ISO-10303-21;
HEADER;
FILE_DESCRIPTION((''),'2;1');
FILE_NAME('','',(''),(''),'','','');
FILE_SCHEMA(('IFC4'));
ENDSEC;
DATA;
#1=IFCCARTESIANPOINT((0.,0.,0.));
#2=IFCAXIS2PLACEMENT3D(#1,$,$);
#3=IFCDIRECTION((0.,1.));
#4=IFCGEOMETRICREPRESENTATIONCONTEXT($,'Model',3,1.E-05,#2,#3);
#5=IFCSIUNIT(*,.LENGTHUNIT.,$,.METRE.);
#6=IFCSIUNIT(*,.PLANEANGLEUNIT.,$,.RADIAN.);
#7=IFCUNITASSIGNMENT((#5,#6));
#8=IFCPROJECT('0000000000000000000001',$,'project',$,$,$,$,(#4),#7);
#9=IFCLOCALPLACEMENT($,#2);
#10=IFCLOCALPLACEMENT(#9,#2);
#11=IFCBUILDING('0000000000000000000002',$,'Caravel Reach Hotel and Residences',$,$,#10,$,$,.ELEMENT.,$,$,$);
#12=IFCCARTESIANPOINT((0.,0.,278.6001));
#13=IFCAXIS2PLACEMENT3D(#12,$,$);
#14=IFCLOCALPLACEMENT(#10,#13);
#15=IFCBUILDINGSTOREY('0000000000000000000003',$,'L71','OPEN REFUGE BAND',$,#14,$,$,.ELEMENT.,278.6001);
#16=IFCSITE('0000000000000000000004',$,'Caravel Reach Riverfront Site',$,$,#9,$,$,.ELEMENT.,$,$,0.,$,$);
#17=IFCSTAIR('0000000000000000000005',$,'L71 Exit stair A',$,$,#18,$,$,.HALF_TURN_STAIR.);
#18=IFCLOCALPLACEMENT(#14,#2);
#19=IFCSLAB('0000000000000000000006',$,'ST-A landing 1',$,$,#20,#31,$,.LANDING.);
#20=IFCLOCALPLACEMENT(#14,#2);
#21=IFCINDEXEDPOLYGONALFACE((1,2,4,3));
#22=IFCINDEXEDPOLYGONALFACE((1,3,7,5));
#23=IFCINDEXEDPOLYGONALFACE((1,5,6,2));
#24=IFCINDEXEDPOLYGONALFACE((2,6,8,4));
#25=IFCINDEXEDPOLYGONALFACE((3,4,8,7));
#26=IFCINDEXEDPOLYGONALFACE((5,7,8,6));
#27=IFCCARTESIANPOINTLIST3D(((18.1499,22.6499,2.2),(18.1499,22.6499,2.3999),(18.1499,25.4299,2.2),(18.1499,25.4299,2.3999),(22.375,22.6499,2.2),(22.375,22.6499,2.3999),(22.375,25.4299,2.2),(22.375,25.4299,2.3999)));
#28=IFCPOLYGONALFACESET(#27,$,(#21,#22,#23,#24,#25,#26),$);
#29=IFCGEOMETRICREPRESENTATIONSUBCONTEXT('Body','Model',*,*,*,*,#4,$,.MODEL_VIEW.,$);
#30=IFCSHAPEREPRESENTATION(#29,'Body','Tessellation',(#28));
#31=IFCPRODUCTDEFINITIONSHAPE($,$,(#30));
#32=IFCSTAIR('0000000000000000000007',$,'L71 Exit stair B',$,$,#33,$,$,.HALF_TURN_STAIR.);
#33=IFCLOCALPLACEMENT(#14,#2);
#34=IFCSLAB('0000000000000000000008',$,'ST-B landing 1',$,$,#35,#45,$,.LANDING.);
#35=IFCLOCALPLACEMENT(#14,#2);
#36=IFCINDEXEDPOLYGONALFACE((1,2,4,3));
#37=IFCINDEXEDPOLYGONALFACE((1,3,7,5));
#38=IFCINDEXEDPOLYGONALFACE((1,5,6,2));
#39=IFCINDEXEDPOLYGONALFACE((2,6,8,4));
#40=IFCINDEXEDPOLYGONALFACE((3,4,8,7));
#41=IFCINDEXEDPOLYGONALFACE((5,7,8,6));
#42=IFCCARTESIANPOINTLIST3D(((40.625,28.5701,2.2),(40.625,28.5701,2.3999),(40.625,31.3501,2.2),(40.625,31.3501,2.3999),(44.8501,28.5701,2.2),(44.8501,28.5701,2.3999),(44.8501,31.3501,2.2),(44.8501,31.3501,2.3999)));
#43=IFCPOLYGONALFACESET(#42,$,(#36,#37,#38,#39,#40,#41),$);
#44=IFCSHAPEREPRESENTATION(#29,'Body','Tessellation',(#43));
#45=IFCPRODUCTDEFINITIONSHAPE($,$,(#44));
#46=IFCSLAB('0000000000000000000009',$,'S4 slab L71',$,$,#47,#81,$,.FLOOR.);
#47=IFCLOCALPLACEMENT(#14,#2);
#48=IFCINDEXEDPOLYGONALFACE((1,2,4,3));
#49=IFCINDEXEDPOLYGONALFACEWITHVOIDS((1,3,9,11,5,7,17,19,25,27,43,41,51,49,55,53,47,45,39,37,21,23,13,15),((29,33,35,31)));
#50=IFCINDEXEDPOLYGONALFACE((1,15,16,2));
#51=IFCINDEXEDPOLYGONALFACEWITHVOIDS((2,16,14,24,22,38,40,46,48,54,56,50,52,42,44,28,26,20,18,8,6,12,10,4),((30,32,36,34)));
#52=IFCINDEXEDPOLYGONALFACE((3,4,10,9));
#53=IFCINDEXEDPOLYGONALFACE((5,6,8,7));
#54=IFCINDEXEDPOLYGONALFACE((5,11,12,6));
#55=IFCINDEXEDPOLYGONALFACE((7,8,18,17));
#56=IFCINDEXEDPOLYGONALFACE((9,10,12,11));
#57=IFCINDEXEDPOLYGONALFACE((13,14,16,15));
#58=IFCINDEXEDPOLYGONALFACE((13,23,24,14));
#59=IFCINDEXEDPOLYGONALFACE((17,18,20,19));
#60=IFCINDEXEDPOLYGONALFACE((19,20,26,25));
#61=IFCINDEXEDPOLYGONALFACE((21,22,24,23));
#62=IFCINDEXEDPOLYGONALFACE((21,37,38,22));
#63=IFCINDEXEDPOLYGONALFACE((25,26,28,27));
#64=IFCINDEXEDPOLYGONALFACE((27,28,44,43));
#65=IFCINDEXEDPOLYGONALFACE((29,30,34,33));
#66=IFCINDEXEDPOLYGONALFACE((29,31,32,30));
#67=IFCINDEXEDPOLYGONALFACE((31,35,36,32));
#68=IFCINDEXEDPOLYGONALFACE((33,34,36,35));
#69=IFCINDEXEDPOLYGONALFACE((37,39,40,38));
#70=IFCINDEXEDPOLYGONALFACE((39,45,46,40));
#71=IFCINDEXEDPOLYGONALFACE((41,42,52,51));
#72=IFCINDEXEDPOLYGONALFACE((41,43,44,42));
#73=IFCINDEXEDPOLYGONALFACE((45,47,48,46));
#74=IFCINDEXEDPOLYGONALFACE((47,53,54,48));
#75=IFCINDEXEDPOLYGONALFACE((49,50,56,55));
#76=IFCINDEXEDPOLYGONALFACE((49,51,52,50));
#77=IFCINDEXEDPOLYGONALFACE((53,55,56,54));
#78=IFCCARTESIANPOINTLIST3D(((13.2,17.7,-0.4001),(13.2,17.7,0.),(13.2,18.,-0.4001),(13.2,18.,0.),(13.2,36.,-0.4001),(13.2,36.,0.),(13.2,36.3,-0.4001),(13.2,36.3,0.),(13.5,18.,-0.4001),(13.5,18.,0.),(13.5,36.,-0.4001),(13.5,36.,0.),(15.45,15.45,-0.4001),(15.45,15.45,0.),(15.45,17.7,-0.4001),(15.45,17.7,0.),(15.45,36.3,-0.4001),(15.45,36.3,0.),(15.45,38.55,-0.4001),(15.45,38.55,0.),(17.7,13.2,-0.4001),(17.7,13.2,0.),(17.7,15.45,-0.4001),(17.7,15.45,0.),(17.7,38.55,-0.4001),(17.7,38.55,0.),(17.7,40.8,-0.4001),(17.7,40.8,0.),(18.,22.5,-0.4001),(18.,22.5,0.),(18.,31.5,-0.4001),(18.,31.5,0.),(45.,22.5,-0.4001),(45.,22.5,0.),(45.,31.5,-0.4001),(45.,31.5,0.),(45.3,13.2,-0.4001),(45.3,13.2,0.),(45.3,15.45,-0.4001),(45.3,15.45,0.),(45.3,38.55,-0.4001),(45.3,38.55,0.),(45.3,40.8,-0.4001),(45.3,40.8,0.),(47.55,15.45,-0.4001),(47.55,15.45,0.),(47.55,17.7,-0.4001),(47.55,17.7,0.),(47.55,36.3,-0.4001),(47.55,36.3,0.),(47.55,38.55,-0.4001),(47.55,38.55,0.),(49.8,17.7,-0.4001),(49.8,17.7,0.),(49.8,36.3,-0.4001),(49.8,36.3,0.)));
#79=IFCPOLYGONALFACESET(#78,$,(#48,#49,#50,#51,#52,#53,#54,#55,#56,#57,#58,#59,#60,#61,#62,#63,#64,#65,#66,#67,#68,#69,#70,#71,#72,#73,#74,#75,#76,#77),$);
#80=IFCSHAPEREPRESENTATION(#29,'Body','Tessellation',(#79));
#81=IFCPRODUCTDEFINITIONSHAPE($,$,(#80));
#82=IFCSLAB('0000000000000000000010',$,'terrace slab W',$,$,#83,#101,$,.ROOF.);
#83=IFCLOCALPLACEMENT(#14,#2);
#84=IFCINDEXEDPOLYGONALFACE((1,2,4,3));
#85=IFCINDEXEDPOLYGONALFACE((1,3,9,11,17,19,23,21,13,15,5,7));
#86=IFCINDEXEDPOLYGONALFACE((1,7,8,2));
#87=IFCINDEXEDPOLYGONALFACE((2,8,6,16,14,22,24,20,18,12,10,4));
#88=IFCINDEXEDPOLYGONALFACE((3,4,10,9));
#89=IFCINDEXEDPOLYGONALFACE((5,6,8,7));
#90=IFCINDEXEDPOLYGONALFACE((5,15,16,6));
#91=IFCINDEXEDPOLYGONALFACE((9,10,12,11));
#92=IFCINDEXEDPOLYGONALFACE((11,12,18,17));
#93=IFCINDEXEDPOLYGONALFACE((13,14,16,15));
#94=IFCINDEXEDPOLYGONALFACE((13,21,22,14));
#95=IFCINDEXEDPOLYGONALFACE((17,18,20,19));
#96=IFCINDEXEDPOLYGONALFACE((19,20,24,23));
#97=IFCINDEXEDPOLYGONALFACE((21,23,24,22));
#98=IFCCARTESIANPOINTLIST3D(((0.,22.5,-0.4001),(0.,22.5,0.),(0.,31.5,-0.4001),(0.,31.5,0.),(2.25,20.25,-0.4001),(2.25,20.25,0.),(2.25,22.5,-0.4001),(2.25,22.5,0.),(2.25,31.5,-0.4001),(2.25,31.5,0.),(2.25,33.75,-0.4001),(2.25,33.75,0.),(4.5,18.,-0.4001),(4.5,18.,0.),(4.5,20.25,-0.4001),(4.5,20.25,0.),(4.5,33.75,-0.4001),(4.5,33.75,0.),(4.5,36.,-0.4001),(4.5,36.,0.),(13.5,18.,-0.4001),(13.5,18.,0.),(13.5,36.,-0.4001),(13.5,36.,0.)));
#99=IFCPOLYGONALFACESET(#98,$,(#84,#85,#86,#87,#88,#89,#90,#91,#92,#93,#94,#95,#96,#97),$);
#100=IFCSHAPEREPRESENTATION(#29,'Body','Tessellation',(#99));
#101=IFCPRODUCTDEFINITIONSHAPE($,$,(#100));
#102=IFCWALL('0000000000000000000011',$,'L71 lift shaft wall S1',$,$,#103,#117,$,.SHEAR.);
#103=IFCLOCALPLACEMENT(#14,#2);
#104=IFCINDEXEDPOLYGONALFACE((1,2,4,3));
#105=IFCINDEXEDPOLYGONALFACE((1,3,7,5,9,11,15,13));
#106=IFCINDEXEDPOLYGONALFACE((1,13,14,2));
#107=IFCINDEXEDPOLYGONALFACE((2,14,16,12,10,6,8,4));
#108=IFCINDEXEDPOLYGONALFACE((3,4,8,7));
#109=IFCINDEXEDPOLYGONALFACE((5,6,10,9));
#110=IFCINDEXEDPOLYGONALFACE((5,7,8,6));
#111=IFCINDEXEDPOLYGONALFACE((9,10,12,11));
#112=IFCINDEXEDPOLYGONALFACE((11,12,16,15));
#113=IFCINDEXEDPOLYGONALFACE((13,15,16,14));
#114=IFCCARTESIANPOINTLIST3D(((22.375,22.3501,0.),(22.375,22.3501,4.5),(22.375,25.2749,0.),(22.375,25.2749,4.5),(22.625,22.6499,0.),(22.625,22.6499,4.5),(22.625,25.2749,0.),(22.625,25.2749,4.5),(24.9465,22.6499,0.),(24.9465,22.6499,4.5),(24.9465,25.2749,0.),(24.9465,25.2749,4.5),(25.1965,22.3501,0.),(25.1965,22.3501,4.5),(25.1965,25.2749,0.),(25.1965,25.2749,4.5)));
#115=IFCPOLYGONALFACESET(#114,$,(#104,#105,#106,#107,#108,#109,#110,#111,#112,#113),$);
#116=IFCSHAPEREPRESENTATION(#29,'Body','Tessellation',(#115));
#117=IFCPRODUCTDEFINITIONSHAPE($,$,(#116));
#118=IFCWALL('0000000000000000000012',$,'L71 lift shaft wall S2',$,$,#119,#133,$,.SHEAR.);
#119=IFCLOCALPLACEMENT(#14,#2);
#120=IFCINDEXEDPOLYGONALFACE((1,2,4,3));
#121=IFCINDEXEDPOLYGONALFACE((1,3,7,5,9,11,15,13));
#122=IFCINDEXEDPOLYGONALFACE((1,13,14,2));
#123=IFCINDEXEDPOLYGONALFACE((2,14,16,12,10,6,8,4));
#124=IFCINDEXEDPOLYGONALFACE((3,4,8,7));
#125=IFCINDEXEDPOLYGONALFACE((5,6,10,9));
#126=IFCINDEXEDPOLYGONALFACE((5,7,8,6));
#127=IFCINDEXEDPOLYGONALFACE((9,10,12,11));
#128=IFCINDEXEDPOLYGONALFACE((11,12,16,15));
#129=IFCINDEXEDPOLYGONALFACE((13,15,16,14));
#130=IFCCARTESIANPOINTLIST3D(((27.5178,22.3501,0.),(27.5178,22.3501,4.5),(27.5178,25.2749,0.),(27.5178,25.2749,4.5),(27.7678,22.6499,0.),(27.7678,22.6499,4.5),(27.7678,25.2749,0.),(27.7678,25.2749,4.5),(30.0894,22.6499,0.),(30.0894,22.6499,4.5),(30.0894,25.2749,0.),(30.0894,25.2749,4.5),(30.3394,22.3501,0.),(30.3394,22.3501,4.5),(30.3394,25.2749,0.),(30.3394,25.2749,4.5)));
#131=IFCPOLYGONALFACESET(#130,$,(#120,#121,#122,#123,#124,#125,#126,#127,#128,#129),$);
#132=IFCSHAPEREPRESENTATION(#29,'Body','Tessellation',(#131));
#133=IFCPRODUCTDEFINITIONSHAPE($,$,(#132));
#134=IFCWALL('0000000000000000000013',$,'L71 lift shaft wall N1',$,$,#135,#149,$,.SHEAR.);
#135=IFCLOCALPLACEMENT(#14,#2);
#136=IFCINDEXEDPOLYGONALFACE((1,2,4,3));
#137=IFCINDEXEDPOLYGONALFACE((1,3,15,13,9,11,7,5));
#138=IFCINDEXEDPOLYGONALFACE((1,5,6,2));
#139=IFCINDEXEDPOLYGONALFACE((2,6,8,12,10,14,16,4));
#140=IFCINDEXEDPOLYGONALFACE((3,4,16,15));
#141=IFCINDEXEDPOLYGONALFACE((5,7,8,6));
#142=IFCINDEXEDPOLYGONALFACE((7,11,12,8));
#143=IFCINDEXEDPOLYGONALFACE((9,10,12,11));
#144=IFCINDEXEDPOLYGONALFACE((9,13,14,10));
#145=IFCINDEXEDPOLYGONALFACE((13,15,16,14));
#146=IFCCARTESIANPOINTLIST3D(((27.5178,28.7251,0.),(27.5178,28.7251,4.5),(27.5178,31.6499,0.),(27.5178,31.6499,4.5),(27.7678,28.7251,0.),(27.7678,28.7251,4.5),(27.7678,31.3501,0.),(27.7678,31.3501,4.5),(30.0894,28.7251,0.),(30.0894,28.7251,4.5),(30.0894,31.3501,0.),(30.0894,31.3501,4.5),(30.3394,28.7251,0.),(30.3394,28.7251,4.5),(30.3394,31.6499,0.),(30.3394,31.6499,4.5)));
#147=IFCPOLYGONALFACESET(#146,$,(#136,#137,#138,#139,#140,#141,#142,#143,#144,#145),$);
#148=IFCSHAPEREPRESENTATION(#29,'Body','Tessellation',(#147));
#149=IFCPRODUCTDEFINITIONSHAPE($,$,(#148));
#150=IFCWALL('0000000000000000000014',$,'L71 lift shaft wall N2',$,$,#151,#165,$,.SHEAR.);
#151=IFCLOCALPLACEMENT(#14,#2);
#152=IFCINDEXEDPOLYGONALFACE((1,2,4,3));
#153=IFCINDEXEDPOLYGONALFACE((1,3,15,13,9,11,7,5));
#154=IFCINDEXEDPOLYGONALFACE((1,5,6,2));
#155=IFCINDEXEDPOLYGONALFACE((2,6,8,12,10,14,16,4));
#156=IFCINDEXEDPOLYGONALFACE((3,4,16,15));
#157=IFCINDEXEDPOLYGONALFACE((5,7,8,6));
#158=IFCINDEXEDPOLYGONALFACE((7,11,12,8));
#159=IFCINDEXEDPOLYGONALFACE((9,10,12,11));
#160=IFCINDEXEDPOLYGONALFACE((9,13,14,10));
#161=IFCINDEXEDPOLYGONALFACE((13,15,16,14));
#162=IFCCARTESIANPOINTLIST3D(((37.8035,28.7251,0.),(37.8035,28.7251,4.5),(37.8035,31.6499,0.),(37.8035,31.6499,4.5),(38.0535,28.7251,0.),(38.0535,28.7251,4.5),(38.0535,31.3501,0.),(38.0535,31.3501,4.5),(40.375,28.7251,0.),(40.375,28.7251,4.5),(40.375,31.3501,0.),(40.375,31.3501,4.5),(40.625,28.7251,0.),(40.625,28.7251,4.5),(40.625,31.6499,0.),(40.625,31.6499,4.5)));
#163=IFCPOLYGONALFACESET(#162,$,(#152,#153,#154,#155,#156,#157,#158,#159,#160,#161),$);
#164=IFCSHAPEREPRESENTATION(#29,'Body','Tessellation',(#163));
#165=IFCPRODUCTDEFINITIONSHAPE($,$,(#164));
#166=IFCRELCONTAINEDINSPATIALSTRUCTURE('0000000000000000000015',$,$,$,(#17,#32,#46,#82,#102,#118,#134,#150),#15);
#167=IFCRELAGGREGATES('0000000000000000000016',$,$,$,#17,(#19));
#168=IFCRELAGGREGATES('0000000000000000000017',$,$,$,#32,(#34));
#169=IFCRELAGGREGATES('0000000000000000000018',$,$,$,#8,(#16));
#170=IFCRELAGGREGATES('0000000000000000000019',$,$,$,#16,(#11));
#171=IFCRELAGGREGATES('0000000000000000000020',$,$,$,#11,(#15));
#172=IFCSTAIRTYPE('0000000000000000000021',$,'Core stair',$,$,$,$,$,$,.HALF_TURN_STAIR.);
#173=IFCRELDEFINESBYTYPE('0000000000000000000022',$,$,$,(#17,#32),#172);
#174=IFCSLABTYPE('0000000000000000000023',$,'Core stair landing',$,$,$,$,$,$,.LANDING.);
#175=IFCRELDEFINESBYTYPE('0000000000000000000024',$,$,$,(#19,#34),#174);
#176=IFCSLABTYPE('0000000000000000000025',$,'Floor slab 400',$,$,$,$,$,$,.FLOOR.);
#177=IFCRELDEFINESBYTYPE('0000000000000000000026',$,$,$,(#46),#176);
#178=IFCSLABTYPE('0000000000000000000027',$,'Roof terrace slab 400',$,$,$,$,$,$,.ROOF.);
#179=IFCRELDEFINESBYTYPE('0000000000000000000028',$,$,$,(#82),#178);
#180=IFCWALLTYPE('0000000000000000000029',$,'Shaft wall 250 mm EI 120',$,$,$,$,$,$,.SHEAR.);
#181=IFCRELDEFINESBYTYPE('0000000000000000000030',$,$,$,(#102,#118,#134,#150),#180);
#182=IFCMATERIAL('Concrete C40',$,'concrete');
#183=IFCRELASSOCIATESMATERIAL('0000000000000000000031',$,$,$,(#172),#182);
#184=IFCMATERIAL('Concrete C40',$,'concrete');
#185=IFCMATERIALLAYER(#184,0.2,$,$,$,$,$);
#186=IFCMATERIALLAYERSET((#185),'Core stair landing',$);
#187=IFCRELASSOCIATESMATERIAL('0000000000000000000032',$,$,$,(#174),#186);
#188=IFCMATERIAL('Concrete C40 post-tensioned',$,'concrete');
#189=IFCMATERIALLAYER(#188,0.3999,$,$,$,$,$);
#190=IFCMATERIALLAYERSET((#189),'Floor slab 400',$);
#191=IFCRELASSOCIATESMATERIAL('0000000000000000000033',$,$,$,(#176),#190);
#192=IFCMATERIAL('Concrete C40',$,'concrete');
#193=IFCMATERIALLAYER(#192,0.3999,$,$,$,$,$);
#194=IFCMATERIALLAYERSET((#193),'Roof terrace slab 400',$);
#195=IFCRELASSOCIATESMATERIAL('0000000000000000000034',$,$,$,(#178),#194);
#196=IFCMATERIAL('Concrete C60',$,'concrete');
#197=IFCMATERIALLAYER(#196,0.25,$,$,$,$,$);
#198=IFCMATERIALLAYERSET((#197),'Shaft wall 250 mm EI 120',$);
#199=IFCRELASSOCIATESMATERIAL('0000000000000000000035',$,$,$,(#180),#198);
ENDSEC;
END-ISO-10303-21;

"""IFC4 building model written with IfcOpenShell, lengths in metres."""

from ifc_helpers import new_model, si_unit, direction, frame, origin, place, context, subcontext, project, spatial, polyline, outline, extrude, material, layer, layer_set, type_object, element, aggregate, save


model = new_model("IFC4")

# Units and contexts
model_context = context("Model", 3, precision=1e-05, world=origin(), true_north=direction((0.0, 1.0)))
body_context = subcontext(model_context, "Body", "Model", "MODEL_VIEW")
ifc_project = project(units=[si_unit("LENGTHUNIT", "METRE"), si_unit("PLANEANGLEUNIT", "RADIAN")], contexts=[model_context])

# Site, building, storey
site_placement = place(None, origin())
site = spatial("IfcSite", under=ifc_project, at=site_placement, Name="Caravel Reach Riverfront Site", CompositionType="ELEMENT", RefElevation=0.0)
building_placement = place(site_placement, origin())
building = spatial("IfcBuilding", under=site, at=building_placement, Name="Caravel Reach Hotel and Residences", CompositionType="ELEMENT")
storey_placement = place(building_placement, frame((0.0, 0.0, 278.6001)))
storey = spatial("IfcBuildingStorey", under=building, at=storey_placement, Name="L71", Description="OPEN REFUGE BAND", CompositionType="ELEMENT", Elevation=278.6001)

# Stairs, slabs
ifc_material_1 = material(Name="Concrete C40", Category="concrete")
stair_type = type_object("IfcStairType", Name="Core stair", PredefinedType="HALF_TURN_STAIR", material=ifc_material_1)
stair_1_placement = place(storey_placement, origin())
stair_1 = element("IfcStair", 1, at=stair_1_placement, inside=storey, type_object=stair_type, Name="L71 Exit stair A", PredefinedType="HALF_TURN_STAIR")
ifc_material_2 = material(Name="Concrete C40", Category="concrete")
ifc_layer_1 = layer(ifc_material_2, 0.2)
ifc_layer_set_1 = layer_set([ifc_layer_1], Name="Core stair landing")
slab_type_1 = type_object("IfcSlabType", Name="Core stair landing", PredefinedType="LANDING", material=ifc_layer_set_1)
slab_1_placement = place(storey_placement, frame((0.0, 0.0, 2.2)))
slab_1 = element("IfcSlab", 2, at=slab_1_placement, type_object=slab_type_1, Name="ST-A landing 1", PredefinedType="LANDING", context=body_context, shape_type="SweptSolid", body=[
    extrude(outline(polyline([(18.1499, 25.4299), (18.1499, 22.6499), (22.375, 22.6499), (22.375, 25.4299), (18.1499, 25.4299)])), origin(), (0.0, 0.0, 1.0), 0.2),
])
aggregate(stair_1, [slab_1])
stair_2_placement = place(storey_placement, origin())
stair_2 = element("IfcStair", 3, at=stair_2_placement, inside=storey, type_object=stair_type, Name="L71 Exit stair B", PredefinedType="HALF_TURN_STAIR")
slab_2_placement = place(storey_placement, frame((0.0, 0.0, 2.2)))
slab_2 = element("IfcSlab", 4, at=slab_2_placement, type_object=slab_type_1, Name="ST-B landing 1", PredefinedType="LANDING", context=body_context, shape_type="SweptSolid", body=[
    extrude(outline(polyline([(44.8501, 28.5701), (44.8501, 31.3501), (40.625, 31.3501), (40.625, 28.5701), (44.8501, 28.5701)])), origin(), (0.0, 0.0, 1.0), 0.2),
])
aggregate(stair_2, [slab_2])

# Slabs
ifc_material_3 = material(Name="Concrete C40 post-tensioned", Category="concrete")
ifc_layer_2 = layer(ifc_material_3, 0.3999)
ifc_layer_set_2 = layer_set([ifc_layer_2], Name="Floor slab 400")
slab_type_2 = type_object("IfcSlabType", Name="Floor slab 400", PredefinedType="FLOOR", material=ifc_layer_set_2)
slab_3_placement = place(storey_placement, frame((0.0, 0.0, -0.4001)))
element("IfcSlab", 5, at=slab_3_placement, inside=storey, type_object=slab_type_2, Name="S4 slab L71", PredefinedType="FLOOR", context=body_context, shape_type="SweptSolid", body=[
    extrude(outline(polyline([(13.2, 36.0), (13.2, 36.3), (15.45, 36.3), (15.45, 38.55), (17.7, 38.55), (17.7, 40.8), (45.3, 40.8), (45.3, 38.55), (47.55, 38.55), (47.55, 36.3), (49.8, 36.3), (49.8, 17.7), (47.55, 17.7), (47.55, 15.45), (45.3, 15.45), (45.3, 13.2), (17.7, 13.2), (17.7, 15.45), (15.45, 15.45), (15.45, 17.7), (13.2, 17.7), (13.2, 18.0), (13.5, 18.0), (13.5, 36.0), (13.2, 36.0)]), holes=[polyline([(45.0, 31.5), (18.0, 31.5), (18.0, 22.5), (45.0, 22.5), (45.0, 31.5)])]), origin(), (0.0, 0.0, 1.0), 0.4001),
])
ifc_material_4 = material(Name="Concrete C40", Category="concrete")
ifc_layer_3 = layer(ifc_material_4, 0.3999)
ifc_layer_set_3 = layer_set([ifc_layer_3], Name="Roof terrace slab 400")
slab_type_3 = type_object("IfcSlabType", Name="Roof terrace slab 400", PredefinedType="ROOF", material=ifc_layer_set_3)
slab_4_placement = place(storey_placement, frame((0.0, 0.0, -0.4001)))
element("IfcSlab", 6, at=slab_4_placement, inside=storey, type_object=slab_type_3, Name="terrace slab W", PredefinedType="ROOF", context=body_context, shape_type="SweptSolid", body=[
    extrude(outline(polyline([(4.5, 18.0), (4.5, 20.25), (2.25, 20.25), (2.25, 22.5), (0.0, 22.5), (0.0, 31.5), (2.25, 31.5), (2.25, 33.75), (4.5, 33.75), (4.5, 36.0), (13.5, 36.0), (13.5, 18.0), (4.5, 18.0)])), origin(), (0.0, 0.0, 1.0), 0.4001),
])

# Walls
ifc_material_5 = material(Name="Concrete C60", Category="concrete")
ifc_layer_4 = layer(ifc_material_5, 0.25)
ifc_layer_set_4 = layer_set([ifc_layer_4], Name="Shaft wall 250 mm EI 120")
wall_type = type_object("IfcWallType", Name="Shaft wall 250 mm EI 120", PredefinedType="SHEAR", material=ifc_layer_set_4)
wall_1_placement = place(storey_placement, origin())
element("IfcWall", 7, at=wall_1_placement, inside=storey, type_object=wall_type, Name="L71 lift shaft wall S1", PredefinedType="SHEAR", context=body_context, shape_type="SweptSolid", body=[
    extrude(outline(polyline([(22.375, 22.3501), (25.1965, 22.3501), (25.1965, 25.2749), (24.9465, 25.2749), (24.9465, 22.6499), (22.625, 22.6499), (22.625, 25.2749), (22.375, 25.2749), (22.375, 22.3501)])), origin(), (0.0, 0.0, 1.0), 4.5),
])
wall_2_placement = place(storey_placement, origin())
element("IfcWall", 8, at=wall_2_placement, inside=storey, type_object=wall_type, Name="L71 lift shaft wall S2", PredefinedType="SHEAR", context=body_context, shape_type="SweptSolid", body=[
    extrude(outline(polyline([(27.5178, 22.3501), (30.3394, 22.3501), (30.3394, 25.2749), (30.0894, 25.2749), (30.0894, 22.6499), (27.7678, 22.6499), (27.7678, 25.2749), (27.5178, 25.2749), (27.5178, 22.3501)])), origin(), (0.0, 0.0, 1.0), 4.5),
])
wall_3_placement = place(storey_placement, origin())
element("IfcWall", 9, at=wall_3_placement, inside=storey, type_object=wall_type, Name="L71 lift shaft wall N1", PredefinedType="SHEAR", context=body_context, shape_type="SweptSolid", body=[
    extrude(outline(polyline([(27.5178, 28.7251), (27.7678, 28.7251), (27.7678, 31.3501), (30.0894, 31.3501), (30.0894, 28.7251), (30.3394, 28.7251), (30.3394, 31.6499), (27.5178, 31.6499), (27.5178, 28.7251)])), origin(), (0.0, 0.0, 1.0), 4.5),
])
wall_4_placement = place(storey_placement, origin())
element("IfcWall", 10, at=wall_4_placement, inside=storey, type_object=wall_type, Name="L71 lift shaft wall N2", PredefinedType="SHEAR", context=body_context, shape_type="SweptSolid", body=[
    extrude(outline(polyline([(37.8035, 28.7251), (38.0535, 28.7251), (38.0535, 31.3501), (40.375, 31.3501), (40.375, 28.7251), (40.625, 28.7251), (40.625, 31.6499), (37.8035, 31.6499), (37.8035, 28.7251)])), origin(), (0.0, 0.0, 1.0), 4.5),
])

save(model, "model.ifc")
